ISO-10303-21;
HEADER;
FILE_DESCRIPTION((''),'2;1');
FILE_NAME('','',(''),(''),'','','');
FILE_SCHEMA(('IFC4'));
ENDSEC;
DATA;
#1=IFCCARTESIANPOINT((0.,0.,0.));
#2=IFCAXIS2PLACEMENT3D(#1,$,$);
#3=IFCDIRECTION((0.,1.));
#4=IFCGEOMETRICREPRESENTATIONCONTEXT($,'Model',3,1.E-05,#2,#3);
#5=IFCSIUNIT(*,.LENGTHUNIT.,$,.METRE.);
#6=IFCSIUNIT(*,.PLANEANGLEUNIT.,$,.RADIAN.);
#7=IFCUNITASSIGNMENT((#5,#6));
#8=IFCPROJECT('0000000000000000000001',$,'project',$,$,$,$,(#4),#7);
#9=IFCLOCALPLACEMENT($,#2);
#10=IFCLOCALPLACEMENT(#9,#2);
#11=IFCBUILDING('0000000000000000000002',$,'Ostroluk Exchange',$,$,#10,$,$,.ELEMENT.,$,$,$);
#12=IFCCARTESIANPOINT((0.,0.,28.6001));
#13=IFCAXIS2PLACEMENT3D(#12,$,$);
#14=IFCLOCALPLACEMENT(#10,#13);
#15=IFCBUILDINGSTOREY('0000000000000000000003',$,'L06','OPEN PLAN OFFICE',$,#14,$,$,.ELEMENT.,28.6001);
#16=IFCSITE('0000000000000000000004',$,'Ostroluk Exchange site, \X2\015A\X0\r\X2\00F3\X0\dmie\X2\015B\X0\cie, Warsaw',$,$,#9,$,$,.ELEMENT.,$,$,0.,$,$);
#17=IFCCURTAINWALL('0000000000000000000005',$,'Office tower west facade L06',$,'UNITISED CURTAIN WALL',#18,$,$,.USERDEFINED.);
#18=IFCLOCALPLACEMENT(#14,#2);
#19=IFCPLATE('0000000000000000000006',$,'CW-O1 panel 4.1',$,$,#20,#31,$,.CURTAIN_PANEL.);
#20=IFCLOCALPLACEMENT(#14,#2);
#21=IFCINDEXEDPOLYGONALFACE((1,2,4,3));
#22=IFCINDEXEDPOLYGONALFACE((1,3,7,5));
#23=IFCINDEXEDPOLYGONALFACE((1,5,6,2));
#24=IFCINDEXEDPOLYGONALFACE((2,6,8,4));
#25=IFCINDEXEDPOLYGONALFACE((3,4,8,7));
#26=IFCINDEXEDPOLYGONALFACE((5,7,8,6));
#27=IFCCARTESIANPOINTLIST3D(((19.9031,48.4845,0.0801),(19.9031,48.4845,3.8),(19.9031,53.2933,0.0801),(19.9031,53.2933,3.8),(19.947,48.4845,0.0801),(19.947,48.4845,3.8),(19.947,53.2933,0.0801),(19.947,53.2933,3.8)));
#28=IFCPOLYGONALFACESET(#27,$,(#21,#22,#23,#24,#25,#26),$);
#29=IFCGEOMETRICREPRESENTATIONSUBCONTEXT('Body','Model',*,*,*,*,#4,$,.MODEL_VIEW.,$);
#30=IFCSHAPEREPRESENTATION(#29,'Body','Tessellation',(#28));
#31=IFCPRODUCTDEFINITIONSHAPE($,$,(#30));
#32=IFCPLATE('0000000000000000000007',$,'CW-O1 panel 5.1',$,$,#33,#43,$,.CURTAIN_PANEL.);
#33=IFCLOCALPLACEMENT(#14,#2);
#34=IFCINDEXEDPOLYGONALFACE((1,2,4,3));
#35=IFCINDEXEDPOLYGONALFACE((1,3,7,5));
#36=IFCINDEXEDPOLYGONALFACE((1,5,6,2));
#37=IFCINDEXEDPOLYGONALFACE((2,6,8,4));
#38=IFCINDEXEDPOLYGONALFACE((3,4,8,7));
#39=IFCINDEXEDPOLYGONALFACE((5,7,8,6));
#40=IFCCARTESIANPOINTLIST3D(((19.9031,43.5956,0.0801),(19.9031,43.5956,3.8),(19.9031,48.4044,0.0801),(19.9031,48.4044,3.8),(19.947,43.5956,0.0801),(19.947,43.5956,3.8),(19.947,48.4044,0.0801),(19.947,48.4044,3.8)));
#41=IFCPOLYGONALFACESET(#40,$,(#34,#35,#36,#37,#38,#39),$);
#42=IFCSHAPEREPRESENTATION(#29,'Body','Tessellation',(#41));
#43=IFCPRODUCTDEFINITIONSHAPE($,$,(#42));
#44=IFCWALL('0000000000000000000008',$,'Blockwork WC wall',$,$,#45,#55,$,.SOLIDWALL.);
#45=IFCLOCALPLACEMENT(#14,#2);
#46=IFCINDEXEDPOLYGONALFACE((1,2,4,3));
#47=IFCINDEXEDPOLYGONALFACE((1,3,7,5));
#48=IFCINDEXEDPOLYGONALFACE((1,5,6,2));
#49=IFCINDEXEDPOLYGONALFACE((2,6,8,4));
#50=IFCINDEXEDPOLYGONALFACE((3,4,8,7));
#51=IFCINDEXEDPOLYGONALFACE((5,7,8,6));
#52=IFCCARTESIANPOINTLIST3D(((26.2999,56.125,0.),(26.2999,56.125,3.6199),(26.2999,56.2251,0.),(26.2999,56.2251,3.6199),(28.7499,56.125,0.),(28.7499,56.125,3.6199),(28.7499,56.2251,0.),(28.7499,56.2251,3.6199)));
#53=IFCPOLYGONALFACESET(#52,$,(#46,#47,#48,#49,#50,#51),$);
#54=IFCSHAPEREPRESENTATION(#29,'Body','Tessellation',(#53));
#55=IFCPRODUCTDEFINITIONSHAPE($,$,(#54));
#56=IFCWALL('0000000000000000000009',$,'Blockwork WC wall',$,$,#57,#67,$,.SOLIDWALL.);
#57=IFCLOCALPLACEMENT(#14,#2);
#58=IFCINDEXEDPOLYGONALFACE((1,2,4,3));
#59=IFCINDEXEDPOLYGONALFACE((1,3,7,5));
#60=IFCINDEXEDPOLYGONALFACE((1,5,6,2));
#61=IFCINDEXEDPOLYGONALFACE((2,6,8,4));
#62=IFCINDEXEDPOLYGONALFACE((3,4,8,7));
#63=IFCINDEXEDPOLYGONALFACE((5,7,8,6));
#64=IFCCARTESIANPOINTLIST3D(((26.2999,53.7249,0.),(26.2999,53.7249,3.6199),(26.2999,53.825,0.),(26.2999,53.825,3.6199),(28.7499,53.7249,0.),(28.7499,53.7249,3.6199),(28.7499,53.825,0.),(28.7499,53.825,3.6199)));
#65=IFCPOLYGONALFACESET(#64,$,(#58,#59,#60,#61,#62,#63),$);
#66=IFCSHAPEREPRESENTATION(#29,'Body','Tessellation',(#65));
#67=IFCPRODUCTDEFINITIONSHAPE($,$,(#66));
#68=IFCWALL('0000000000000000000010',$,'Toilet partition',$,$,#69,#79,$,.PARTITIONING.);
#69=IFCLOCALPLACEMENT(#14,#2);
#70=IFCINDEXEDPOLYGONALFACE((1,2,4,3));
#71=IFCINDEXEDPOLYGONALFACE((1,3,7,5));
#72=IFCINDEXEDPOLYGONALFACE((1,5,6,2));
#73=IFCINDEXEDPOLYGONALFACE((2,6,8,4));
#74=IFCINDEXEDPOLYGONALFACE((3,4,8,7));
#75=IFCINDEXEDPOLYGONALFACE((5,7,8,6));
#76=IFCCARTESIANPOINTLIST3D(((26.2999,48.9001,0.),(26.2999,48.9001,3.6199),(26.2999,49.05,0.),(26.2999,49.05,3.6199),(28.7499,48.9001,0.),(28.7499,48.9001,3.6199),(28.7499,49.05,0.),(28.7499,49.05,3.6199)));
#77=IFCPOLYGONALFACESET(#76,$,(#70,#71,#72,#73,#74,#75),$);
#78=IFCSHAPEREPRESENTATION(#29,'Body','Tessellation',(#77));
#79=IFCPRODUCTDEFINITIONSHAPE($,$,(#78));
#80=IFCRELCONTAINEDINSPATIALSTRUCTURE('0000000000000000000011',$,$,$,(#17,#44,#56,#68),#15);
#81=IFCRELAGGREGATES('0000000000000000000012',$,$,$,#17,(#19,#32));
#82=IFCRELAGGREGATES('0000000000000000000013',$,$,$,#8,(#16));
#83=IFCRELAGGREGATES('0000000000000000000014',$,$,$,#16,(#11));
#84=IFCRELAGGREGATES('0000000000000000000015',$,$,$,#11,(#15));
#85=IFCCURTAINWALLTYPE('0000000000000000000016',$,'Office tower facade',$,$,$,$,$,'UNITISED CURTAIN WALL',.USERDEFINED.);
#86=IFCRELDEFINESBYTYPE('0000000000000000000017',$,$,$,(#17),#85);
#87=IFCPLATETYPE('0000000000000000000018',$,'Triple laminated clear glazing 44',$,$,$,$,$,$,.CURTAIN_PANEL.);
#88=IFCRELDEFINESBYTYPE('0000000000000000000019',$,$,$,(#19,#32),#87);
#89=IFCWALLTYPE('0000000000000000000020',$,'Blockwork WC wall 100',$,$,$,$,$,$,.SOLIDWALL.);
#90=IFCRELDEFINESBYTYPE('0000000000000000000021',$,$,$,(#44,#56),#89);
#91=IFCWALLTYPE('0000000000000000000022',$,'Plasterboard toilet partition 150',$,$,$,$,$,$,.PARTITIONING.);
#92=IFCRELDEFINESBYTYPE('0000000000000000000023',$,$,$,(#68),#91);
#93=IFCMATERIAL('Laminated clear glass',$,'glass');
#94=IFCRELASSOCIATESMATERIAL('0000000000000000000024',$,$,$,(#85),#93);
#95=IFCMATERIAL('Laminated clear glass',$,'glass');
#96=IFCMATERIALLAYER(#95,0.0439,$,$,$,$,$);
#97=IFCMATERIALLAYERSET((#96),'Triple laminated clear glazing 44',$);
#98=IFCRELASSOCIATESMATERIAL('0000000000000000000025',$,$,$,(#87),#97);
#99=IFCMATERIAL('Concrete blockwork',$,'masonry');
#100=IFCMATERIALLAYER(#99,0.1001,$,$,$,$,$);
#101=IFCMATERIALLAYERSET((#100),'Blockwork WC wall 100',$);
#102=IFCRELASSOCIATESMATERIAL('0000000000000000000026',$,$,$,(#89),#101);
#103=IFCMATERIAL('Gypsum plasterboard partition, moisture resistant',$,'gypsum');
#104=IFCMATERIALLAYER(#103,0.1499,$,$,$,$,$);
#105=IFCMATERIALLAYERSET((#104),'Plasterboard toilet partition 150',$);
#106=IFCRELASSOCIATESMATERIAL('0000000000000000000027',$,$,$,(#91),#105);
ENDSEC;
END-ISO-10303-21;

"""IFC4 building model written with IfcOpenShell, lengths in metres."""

from ifc_helpers import new_model, si_unit, direction, frame, frame_2d, origin, origin_2d, place, context, subcontext, project, spatial, rectangle, extrude, material, layer, layer_set, type_object, element, aggregate, save


model = new_model("IFC4")

# Units and contexts
model_context = context("Model", 3, precision=1e-05, world=origin(), true_north=direction((0.0, 1.0)))
body_context = subcontext(model_context, "Body", "Model", "MODEL_VIEW")
ifc_project = project(units=[si_unit("LENGTHUNIT", "METRE"), si_unit("PLANEANGLEUNIT", "RADIAN")], contexts=[model_context])

# Site, building, storey
site_placement = place(None, origin())
site = spatial("IfcSite", under=ifc_project, at=site_placement, Name="Ostroluk Exchange site, Śródmieście, Warsaw", CompositionType="ELEMENT", RefElevation=0.0)
building_placement = place(site_placement, origin())
building = spatial("IfcBuilding", under=site, at=building_placement, Name="Ostroluk Exchange", CompositionType="ELEMENT")
storey_placement = place(building_placement, frame((0.0, 0.0, 28.6001)))
storey = spatial("IfcBuildingStorey", under=building, at=storey_placement, Name="L06", Description="OPEN PLAN OFFICE", CompositionType="ELEMENT", Elevation=28.6001)

# Curtain wall, plates
ifc_material_1 = material(Name="Laminated clear glass", Category="glass")
curtain_wall_type = type_object("IfcCurtainWallType", Name="Office tower facade", ElementType="UNITISED CURTAIN WALL", PredefinedType="USERDEFINED", material=ifc_material_1)
curtain_wall_placement = place(storey_placement, origin())
curtain_wall = element("IfcCurtainWall", 1, at=curtain_wall_placement, inside=storey, type_object=curtain_wall_type, Name="Office tower west facade L06", ObjectType="UNITISED CURTAIN WALL", PredefinedType="USERDEFINED")
ifc_material_2 = material(Name="Laminated clear glass", Category="glass")
ifc_layer_1 = layer(ifc_material_2, 0.0439)
ifc_layer_set_1 = layer_set([ifc_layer_1], Name="Triple laminated clear glazing 44")
plate_type = type_object("IfcPlateType", Name="Triple laminated clear glazing 44", PredefinedType="CURTAIN_PANEL", material=ifc_layer_set_1)
plate_1_placement = place(storey_placement, frame((19.925, 50.8889, 0.0801), z_axis=(0.0, 0.0, 1.0), x_axis=(0.0, -1.0, 0.0)))
plate_1 = element("IfcPlate", 2, at=plate_1_placement, type_object=plate_type, Name="CW-O1 panel 4.1", PredefinedType="CURTAIN_PANEL", context=body_context, shape_type="SweptSolid", body=[
    extrude(rectangle(XDim=4.8088, YDim=0.0439, at=origin_2d()), origin(), (0.0, 0.0, 1.0), 3.72),
])
plate_2_placement = place(storey_placement, frame((19.925, 46.0, 0.0801), z_axis=(0.0, 0.0, 1.0), x_axis=(0.0, -1.0, 0.0)))
plate_2 = element("IfcPlate", 3, at=plate_2_placement, type_object=plate_type, Name="CW-O1 panel 5.1", PredefinedType="CURTAIN_PANEL", context=body_context, shape_type="SweptSolid", body=[
    extrude(rectangle(XDim=4.8088, YDim=0.0439, at=origin_2d()), origin(), (0.0, 0.0, 1.0), 3.72),
])
aggregate(curtain_wall, [plate_1, plate_2])

# Walls
ifc_material_3 = material(Name="Concrete blockwork", Category="masonry")
ifc_layer_2 = layer(ifc_material_3, 0.1001)
ifc_layer_set_2 = layer_set([ifc_layer_2], Name="Blockwork WC wall 100")
wall_type_1 = type_object("IfcWallType", Name="Blockwork WC wall 100", PredefinedType="SOLIDWALL", material=ifc_layer_set_2)
for number, where, z_axis, x_axis, name in (
    (4, (28.75, 56.175, 0.0), (0.0, 0.0, 1.0), (-1.0, 0.0, 0.0), "Blockwork WC wall"),
    (5, (28.75, 53.7749, 0.0), (0.0, 0.0, 1.0), (-1.0, 0.0, 0.0), "Blockwork WC wall"),
):
    element("IfcWall", number, at=place(storey_placement, frame(where, z_axis=z_axis, x_axis=x_axis)), inside=storey, type_object=wall_type_1, Name=name, PredefinedType="SOLIDWALL", context=body_context, shape_type="SweptSolid", body=[
        extrude(rectangle(XDim=2.45, YDim=0.1001, at=frame_2d((1.2251, 0.0))), origin(), (0.0, 0.0, 1.0), 3.6199),
    ])
ifc_material_4 = material(Name="Gypsum plasterboard partition, moisture resistant", Category="gypsum")
ifc_layer_3 = layer(ifc_material_4, 0.1499)
ifc_layer_set_3 = layer_set([ifc_layer_3], Name="Plasterboard toilet partition 150")
wall_type_2 = type_object("IfcWallType", Name="Plasterboard toilet partition 150", PredefinedType="PARTITIONING", material=ifc_layer_set_3)
wall_placement = place(storey_placement, frame((28.75, 48.9751, 0.0), z_axis=(0.0, 0.0, 1.0), x_axis=(-1.0, 0.0, 0.0)))
element("IfcWall", 6, at=wall_placement, inside=storey, type_object=wall_type_2, Name="Toilet partition", PredefinedType="PARTITIONING", context=body_context, shape_type="SweptSolid", body=[
    extrude(rectangle(XDim=2.45, YDim=0.1499, at=frame_2d((1.2251, 0.0))), origin(), (0.0, 0.0, 1.0), 3.6199),
])

save(model, "model.ifc")
